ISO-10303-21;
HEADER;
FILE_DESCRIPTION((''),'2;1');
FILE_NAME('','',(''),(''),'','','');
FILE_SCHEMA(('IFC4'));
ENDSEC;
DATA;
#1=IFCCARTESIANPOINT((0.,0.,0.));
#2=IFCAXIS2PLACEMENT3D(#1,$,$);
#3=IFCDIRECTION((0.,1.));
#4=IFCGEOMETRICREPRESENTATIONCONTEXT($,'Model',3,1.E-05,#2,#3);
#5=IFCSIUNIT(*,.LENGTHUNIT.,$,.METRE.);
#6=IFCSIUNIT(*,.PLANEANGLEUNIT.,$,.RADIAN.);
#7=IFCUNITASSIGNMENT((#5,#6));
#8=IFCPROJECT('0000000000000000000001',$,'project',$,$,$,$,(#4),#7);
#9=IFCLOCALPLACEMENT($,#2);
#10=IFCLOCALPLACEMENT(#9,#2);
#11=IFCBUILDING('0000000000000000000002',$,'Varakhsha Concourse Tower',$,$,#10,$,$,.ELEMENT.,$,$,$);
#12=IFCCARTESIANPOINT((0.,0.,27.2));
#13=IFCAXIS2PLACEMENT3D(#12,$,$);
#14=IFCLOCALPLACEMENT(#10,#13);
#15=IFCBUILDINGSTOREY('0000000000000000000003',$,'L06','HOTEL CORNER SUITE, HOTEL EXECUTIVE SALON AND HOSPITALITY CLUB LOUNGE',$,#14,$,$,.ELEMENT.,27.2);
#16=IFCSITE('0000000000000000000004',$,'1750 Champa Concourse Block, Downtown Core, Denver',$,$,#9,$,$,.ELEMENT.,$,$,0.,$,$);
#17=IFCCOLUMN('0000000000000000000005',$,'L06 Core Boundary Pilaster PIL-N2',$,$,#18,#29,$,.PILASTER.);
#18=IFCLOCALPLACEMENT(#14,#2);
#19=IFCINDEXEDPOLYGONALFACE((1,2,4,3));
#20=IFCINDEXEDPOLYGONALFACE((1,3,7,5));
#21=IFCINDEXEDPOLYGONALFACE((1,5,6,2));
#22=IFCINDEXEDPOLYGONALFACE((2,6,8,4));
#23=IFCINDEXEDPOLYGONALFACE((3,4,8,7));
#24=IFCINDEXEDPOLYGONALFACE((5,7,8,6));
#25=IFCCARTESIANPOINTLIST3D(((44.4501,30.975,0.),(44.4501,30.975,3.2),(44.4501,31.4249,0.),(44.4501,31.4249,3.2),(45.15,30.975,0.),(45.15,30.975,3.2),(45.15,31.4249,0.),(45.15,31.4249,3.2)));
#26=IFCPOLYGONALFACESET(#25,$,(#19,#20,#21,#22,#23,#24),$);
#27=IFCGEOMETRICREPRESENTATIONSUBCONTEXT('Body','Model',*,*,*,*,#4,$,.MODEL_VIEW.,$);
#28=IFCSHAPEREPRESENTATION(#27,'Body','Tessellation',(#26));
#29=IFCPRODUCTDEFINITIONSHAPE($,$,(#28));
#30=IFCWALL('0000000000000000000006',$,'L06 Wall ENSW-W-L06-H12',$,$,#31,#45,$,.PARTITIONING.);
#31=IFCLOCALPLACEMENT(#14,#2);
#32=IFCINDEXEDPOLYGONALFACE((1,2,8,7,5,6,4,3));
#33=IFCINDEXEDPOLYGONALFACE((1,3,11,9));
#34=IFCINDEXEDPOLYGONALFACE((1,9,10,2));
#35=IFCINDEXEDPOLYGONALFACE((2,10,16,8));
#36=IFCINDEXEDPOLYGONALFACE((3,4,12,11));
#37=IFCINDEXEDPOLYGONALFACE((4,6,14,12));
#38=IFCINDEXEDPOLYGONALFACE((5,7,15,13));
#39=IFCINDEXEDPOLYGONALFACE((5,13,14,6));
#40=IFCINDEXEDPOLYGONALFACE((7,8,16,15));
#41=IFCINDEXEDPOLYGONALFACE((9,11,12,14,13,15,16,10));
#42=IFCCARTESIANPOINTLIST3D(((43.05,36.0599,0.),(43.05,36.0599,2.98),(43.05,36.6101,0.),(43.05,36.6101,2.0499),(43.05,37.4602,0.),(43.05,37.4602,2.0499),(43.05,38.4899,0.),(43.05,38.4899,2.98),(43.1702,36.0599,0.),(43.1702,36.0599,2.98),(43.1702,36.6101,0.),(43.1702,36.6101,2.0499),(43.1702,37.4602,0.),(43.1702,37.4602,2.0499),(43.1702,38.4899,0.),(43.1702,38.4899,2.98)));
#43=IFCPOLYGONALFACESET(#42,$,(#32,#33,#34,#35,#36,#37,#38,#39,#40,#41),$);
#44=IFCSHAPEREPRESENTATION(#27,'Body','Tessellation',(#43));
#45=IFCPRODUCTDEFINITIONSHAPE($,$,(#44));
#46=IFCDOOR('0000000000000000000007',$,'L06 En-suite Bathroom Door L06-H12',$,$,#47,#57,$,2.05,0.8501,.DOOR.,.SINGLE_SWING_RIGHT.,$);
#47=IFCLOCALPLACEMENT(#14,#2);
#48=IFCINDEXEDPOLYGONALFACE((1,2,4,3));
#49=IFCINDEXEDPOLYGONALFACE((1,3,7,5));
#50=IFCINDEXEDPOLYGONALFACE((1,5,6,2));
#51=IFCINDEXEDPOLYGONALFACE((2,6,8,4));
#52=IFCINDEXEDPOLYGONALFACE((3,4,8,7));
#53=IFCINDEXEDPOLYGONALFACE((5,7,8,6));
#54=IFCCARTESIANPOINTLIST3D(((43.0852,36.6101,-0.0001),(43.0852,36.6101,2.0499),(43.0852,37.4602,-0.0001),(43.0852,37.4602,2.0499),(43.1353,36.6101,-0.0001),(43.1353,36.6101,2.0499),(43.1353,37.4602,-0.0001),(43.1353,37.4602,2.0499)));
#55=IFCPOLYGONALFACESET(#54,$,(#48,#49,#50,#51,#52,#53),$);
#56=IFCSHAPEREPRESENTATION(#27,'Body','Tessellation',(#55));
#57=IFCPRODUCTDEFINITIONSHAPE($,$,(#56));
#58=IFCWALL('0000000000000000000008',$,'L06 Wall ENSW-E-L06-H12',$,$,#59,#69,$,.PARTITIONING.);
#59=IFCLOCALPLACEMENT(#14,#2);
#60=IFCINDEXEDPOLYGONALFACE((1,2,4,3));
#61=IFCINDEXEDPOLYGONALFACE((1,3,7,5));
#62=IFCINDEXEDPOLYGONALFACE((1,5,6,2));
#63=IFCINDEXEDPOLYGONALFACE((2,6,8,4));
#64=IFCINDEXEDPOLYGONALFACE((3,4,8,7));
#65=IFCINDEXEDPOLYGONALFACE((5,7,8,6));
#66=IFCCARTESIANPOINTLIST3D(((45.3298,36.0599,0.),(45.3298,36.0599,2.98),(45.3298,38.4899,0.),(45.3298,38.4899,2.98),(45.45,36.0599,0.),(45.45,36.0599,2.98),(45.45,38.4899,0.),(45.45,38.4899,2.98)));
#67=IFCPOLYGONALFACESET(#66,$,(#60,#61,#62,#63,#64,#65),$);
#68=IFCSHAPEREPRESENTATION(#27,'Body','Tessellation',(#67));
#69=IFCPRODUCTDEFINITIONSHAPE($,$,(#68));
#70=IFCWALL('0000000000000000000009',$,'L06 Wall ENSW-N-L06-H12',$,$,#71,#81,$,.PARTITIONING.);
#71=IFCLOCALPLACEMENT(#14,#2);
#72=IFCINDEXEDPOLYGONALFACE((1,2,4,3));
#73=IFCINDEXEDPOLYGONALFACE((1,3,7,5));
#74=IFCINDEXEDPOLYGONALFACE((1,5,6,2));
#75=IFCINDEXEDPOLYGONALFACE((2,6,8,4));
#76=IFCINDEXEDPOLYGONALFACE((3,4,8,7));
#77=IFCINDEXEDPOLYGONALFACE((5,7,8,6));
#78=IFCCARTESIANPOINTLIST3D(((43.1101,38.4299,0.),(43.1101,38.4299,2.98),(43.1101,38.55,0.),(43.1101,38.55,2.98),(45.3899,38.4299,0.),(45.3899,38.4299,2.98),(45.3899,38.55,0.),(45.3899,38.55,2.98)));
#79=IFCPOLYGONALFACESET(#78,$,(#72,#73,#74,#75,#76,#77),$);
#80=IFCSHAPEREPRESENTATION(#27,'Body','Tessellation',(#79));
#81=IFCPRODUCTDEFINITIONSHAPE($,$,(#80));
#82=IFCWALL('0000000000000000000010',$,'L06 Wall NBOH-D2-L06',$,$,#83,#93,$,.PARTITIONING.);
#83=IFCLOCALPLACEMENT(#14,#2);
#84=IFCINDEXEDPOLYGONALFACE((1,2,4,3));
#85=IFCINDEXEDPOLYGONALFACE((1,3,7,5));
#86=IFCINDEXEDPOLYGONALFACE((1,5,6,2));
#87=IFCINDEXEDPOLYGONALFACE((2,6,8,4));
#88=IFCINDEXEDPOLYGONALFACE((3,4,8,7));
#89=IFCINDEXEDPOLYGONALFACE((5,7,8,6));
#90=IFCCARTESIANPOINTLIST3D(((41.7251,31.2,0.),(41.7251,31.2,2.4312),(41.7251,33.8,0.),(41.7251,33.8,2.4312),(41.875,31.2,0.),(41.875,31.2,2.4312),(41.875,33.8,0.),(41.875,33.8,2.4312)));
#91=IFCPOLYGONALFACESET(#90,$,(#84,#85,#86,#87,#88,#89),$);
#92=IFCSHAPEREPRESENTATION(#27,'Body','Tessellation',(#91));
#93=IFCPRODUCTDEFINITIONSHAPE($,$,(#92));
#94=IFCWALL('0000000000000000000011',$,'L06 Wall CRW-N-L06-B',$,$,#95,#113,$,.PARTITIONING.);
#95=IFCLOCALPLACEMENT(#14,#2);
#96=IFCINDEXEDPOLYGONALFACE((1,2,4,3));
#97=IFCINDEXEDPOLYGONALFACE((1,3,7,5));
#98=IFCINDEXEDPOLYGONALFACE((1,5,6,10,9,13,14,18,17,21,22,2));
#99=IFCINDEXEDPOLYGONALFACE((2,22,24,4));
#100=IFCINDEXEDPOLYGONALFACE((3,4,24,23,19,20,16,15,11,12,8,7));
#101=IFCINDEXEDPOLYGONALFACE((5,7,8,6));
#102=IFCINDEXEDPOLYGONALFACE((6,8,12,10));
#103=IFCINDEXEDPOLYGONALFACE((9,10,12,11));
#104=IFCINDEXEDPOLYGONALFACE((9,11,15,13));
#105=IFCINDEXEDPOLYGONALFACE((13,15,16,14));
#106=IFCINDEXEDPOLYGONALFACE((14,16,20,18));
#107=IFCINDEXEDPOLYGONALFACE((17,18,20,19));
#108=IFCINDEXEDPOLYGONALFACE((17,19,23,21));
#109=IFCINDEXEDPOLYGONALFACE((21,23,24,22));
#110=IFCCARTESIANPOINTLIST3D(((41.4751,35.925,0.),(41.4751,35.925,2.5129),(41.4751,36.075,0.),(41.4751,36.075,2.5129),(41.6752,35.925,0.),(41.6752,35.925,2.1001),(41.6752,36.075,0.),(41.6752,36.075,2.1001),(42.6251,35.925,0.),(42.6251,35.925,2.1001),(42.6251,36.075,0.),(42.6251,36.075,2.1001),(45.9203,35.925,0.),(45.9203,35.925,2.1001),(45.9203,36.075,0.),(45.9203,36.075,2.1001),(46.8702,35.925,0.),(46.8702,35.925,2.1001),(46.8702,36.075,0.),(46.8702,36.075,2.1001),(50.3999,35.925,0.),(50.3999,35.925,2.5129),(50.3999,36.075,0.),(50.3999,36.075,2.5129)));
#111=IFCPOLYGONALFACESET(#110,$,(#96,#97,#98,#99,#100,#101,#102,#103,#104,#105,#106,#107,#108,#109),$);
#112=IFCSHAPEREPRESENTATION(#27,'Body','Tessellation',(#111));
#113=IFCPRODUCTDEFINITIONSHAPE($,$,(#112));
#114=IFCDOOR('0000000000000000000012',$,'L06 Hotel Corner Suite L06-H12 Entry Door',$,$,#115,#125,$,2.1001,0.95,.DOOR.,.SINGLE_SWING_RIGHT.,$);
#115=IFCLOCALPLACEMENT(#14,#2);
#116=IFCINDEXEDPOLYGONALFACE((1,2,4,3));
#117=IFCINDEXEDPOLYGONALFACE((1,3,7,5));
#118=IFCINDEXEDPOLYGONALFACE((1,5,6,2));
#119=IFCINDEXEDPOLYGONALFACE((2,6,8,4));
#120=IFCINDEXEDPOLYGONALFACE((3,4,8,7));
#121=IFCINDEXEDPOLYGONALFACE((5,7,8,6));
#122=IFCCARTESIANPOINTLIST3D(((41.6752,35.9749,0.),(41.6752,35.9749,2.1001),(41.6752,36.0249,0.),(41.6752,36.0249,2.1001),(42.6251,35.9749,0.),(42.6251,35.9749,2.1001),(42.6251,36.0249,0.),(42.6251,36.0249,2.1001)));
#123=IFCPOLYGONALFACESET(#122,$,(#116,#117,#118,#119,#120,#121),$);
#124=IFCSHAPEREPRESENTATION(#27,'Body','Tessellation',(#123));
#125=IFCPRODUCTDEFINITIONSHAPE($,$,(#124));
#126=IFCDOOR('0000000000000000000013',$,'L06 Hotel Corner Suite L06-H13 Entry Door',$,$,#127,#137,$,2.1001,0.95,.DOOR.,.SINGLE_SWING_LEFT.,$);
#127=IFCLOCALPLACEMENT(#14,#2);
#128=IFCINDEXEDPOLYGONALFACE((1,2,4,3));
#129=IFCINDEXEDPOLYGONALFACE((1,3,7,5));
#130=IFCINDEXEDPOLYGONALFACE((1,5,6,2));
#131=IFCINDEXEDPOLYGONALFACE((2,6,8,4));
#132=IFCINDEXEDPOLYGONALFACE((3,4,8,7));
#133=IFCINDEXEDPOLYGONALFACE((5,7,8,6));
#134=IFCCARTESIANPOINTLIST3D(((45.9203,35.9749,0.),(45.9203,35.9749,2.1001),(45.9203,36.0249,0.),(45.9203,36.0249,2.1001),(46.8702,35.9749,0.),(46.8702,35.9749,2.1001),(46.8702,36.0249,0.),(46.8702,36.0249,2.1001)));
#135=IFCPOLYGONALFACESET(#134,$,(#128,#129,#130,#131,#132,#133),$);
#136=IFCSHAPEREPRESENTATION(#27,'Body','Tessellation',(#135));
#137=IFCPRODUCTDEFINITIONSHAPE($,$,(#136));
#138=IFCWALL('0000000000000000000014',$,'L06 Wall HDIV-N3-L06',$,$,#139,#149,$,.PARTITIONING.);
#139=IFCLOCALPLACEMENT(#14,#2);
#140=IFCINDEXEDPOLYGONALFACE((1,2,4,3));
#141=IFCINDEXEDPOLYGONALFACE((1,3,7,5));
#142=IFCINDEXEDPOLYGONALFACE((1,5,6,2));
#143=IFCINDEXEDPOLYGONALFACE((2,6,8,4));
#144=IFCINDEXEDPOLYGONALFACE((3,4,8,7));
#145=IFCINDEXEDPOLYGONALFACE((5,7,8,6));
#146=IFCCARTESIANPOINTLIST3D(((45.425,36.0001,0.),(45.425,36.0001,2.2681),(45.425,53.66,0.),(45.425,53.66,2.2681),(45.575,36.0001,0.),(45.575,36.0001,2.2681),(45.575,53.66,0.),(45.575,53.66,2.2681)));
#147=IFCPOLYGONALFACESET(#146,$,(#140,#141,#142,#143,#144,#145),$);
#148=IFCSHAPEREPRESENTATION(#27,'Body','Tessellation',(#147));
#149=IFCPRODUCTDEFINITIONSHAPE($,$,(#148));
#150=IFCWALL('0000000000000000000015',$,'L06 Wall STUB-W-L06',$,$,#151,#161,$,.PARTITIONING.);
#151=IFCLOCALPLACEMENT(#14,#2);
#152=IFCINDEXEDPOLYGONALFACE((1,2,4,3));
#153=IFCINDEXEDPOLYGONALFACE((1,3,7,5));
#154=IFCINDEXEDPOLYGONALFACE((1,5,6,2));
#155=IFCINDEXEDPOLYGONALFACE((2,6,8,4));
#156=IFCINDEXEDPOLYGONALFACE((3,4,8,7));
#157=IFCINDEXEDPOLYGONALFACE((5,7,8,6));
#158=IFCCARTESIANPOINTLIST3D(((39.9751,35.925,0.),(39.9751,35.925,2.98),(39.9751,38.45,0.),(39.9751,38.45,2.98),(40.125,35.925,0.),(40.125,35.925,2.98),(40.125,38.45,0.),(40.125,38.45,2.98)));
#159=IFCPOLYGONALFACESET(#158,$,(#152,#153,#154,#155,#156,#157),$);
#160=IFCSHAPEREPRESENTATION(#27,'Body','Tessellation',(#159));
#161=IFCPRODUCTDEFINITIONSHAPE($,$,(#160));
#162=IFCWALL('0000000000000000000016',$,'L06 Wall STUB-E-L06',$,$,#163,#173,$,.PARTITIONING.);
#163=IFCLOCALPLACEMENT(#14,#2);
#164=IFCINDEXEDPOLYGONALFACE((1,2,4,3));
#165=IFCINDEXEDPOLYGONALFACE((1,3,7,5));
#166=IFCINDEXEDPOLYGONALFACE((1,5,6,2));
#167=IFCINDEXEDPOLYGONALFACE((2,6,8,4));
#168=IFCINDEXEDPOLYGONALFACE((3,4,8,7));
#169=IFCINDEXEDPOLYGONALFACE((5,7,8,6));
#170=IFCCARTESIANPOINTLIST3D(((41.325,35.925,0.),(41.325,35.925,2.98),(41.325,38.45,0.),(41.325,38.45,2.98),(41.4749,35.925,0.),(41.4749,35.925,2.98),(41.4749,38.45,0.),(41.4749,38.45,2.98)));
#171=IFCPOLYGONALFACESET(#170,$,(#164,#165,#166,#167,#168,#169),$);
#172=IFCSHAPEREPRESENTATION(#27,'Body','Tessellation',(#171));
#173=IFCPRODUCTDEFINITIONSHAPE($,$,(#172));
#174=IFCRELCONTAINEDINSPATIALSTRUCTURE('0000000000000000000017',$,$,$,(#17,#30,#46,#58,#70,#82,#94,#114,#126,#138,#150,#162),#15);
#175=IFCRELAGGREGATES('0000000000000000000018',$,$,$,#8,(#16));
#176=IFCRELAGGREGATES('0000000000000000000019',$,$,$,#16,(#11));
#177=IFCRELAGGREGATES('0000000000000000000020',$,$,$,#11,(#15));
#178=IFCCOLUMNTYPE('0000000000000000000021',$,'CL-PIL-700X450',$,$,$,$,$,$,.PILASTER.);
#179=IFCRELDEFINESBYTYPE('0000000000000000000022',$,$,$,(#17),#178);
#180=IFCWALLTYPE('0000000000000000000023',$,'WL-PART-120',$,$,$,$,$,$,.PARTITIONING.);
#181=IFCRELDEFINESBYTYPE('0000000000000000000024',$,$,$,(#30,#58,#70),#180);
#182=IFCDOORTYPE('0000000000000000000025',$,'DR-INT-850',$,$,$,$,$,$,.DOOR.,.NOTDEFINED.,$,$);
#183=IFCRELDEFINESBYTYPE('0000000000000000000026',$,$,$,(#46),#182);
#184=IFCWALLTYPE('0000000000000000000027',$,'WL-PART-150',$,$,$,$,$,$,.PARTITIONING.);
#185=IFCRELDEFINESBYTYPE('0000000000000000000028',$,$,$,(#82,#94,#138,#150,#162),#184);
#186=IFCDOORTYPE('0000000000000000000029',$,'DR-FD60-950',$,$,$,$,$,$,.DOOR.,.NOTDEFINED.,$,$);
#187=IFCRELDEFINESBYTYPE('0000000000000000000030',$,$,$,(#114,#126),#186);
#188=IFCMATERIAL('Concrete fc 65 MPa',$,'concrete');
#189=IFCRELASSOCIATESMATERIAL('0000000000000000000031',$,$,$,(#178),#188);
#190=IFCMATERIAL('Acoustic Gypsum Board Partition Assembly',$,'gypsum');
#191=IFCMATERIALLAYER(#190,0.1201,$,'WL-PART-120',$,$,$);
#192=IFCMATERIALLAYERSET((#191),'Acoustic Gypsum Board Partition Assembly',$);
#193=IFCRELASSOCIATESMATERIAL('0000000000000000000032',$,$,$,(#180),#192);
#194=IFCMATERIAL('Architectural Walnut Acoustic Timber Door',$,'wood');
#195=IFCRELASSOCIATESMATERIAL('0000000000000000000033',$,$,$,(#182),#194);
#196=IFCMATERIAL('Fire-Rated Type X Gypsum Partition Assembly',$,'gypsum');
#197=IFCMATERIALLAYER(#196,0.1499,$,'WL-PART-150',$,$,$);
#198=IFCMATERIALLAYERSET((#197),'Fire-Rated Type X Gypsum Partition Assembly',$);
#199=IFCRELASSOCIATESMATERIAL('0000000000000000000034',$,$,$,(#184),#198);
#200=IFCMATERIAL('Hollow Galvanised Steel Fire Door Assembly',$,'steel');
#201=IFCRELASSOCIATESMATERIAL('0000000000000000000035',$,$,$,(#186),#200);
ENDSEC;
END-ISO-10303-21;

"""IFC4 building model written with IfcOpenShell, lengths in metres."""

from ifc_helpers import new_model, si_unit, direction, frame, frame_2d, origin, origin_2d, place, context, subcontext, project, spatial, rectangle, extrude, material, layer, layer_set, material_profile, profile_set, type_object, element, fill, save


model = new_model("IFC4")

# Units and contexts
model_context = context("Model", 3, precision=1e-05, world=origin(), true_north=direction((0.0, 1.0)))
body_context = subcontext(model_context, "Body", "Model", "MODEL_VIEW")
ifc_project = project(units=[si_unit("LENGTHUNIT", "METRE"), si_unit("PLANEANGLEUNIT", "RADIAN")], contexts=[model_context])

# Site, building, storey
site_placement = place(None, origin())
site = spatial("IfcSite", under=ifc_project, at=site_placement, Name="1750 Champa Concourse Block, Downtown Core, Denver", CompositionType="ELEMENT", RefElevation=0.0)
building_placement = place(site_placement, origin())
building = spatial("IfcBuilding", under=site, at=building_placement, Name="Varakhsha Concourse Tower", CompositionType="ELEMENT")
storey_placement = place(building_placement, frame((0.0, 0.0, 27.2)))
storey = spatial("IfcBuildingStorey", under=building, at=storey_placement, Name="L06", Description="HOTEL CORNER SUITE, HOTEL EXECUTIVE SALON AND HOSPITALITY CLUB LOUNGE", CompositionType="ELEMENT", Elevation=27.2)

# Column
ifc_material_1 = material(Name="Concrete fc 65 MPa", Category="concrete")
ifc_material_profile = material_profile(ifc_material_1, rectangle(XDim=0.7, YDim=0.45, at=origin_2d()), Name="RC 700x450")
ifc_profile_set = profile_set([ifc_material_profile], Name="Concrete fc 65 MPa")
column_type = type_object("IfcColumnType", Name="CL-PIL-700X450", PredefinedType="PILASTER", material=ifc_profile_set)
column_placement = place(storey_placement, frame((44.8, 31.2, 0.0), z_axis=(0.0, 0.0, 1.0), x_axis=(1.0, 0.0, 0.0)))
element("IfcColumn", 1, at=column_placement, inside=storey, type_object=column_type, Name="L06 Core Boundary Pilaster PIL-N2", PredefinedType="PILASTER", context=body_context, shape_type="SweptSolid", body=[
    extrude(rectangle(XDim=0.7, YDim=0.45, at=origin_2d()), origin(), (0.0, 0.0, 1.0), 3.2),
])

# Wall, opening, door
ifc_material_2 = material(Name="Acoustic Gypsum Board Partition Assembly", Category="gypsum")
ifc_layer_1 = layer(ifc_material_2, 0.1201, Name="WL-PART-120")
ifc_layer_set_1 = layer_set([ifc_layer_1], Name="Acoustic Gypsum Board Partition Assembly")
wall_type_1 = type_object("IfcWallType", Name="WL-PART-120", PredefinedType="PARTITIONING", material=ifc_layer_set_1)
wall_1_placement = place(storey_placement, frame((43.1101, 36.0601, 0.0), z_axis=(0.0, 0.0, 1.0), x_axis=(0.0, 1.0, 0.0)))
wall_1 = element("IfcWall", 2, at=wall_1_placement, inside=storey, type_object=wall_type_1, Name="L06 Wall ENSW-W-L06-H12", PredefinedType="PARTITIONING", context=body_context, shape_type="SweptSolid", body=[
    extrude(rectangle(XDim=2.4299, YDim=0.1201, at=frame_2d((1.2148, 0.0))), origin(), (0.0, 0.0, 1.0), 2.98),
])
opening_1_placement = place(wall_1_placement, frame((0.55, 0.0, 0.0)))
opening_1 = element("IfcOpeningElement", 3, at=opening_1_placement, cuts=wall_1, PredefinedType="OPENING", context=body_context, shape_type="SweptSolid", body=[
    extrude(rectangle(XDim=0.8501, YDim=2.05, at=frame_2d((0.425, 1.0249))), frame((0.0, 0.0701, 0.0), z_axis=(0.0, -1.0, 0.0), x_axis=(1.0, 0.0, 0.0)), (0.0, 0.0, 1.0), 0.1401),
])
ifc_material_3 = material(Name="Architectural Walnut Acoustic Timber Door", Category="wood")
door_type_1 = type_object("IfcDoorType", Name="DR-INT-850", OperationType="NOTDEFINED", PredefinedType="DOOR", material=ifc_material_3)
door_1_placement = place(opening_1_placement, origin())
door_1 = element("IfcDoor", 4, at=door_1_placement, inside=storey, type_object=door_type_1, Name="L06 En-suite Bathroom Door L06-H12", OperationType="SINGLE_SWING_RIGHT", OverallHeight=2.05, OverallWidth=0.8501, PredefinedType="DOOR", context=body_context, shape_type="SweptSolid", body=[
    extrude(rectangle(XDim=0.8501, YDim=2.05, at=frame_2d((0.425, 1.0249))), frame((0.0, 0.0249, 0.0), z_axis=(0.0, -1.0, 0.0), x_axis=(1.0, 0.0, 0.0)), (0.0, 0.0, 1.0), 0.05),
])
fill(opening_1, door_1)

# Walls
wall_2_placement = place(storey_placement, frame((45.3899, 36.0601, 0.0), z_axis=(0.0, 0.0, 1.0), x_axis=(0.0, 1.0, 0.0)))
element("IfcWall", 5, at=wall_2_placement, inside=storey, type_object=wall_type_1, Name="L06 Wall ENSW-E-L06-H12", PredefinedType="PARTITIONING", context=body_context, shape_type="SweptSolid", body=[
    extrude(rectangle(XDim=2.4299, YDim=0.1201, at=frame_2d((1.2148, 0.0))), origin(), (0.0, 0.0, 1.0), 2.98),
])
wall_3_placement = place(storey_placement, frame((43.1101, 38.49, 0.0), z_axis=(0.0, 0.0, 1.0), x_axis=(1.0, 0.0, 0.0)))
element("IfcWall", 6, at=wall_3_placement, inside=storey, type_object=wall_type_1, Name="L06 Wall ENSW-N-L06-H12", PredefinedType="PARTITIONING", context=body_context, shape_type="SweptSolid", body=[
    extrude(rectangle(XDim=2.2798, YDim=0.1201, at=frame_2d((1.1399, 0.0))), origin(), (0.0, 0.0, 1.0), 2.98),
])
ifc_material_4 = material(Name="Fire-Rated Type X Gypsum Partition Assembly", Category="gypsum")
ifc_layer_2 = layer(ifc_material_4, 0.1499, Name="WL-PART-150")
ifc_layer_set_2 = layer_set([ifc_layer_2], Name="Fire-Rated Type X Gypsum Partition Assembly")
wall_type_2 = type_object("IfcWallType", Name="WL-PART-150", PredefinedType="PARTITIONING", material=ifc_layer_set_2)
wall_4_placement = place(storey_placement, frame((41.8, 31.2, 0.0), z_axis=(0.0, 0.0, 1.0), x_axis=(0.0, 1.0, 0.0)))
element("IfcWall", 7, at=wall_4_placement, inside=storey, type_object=wall_type_2, Name="L06 Wall NBOH-D2-L06", PredefinedType="PARTITIONING", context=body_context, shape_type="SweptSolid", body=[
    extrude(rectangle(XDim=2.6001, YDim=0.1499, at=frame_2d((1.3, 0.0))), origin(), (0.0, 0.0, 1.0), 2.4312),
])

# Wall, openings, doors
wall_5_placement = place(storey_placement, frame((41.4751, 36.0, 0.0), z_axis=(0.0, 0.0, 1.0), x_axis=(1.0, 0.0, 0.0)))
wall_5 = element("IfcWall", 8, at=wall_5_placement, inside=storey, type_object=wall_type_2, Name="L06 Wall CRW-N-L06-B", PredefinedType="PARTITIONING", context=body_context, shape_type="SweptSolid", body=[
    extrude(rectangle(XDim=8.9248, YDim=0.1499, at=frame_2d((4.4624, 0.0))), origin(), (0.0, 0.0, 1.0), 2.5129),
])
opening_2_placement = place(wall_5_placement, frame((0.2, 0.0, 0.0)))
opening_2 = element("IfcOpeningElement", 9, at=opening_2_placement, cuts=wall_5, PredefinedType="OPENING", context=body_context, shape_type="SweptSolid", body=[
    extrude(rectangle(XDim=0.95, YDim=2.1001, at=frame_2d((0.4751, 1.05))), frame((0.0, 0.085, 0.0), z_axis=(0.0, -1.0, 0.0), x_axis=(1.0, 0.0, 0.0)), (0.0, 0.0, 1.0), 0.1699),
])
opening_3_placement = place(wall_5_placement, frame((4.4451, 0.0, 0.0)))
opening_3 = element("IfcOpeningElement", 10, at=opening_3_placement, cuts=wall_5, PredefinedType="OPENING", context=body_context, shape_type="SweptSolid", body=[
    extrude(rectangle(XDim=0.95, YDim=2.1001, at=frame_2d((0.4751, 1.05))), frame((0.0, 0.085, 0.0), z_axis=(0.0, -1.0, 0.0), x_axis=(1.0, 0.0, 0.0)), (0.0, 0.0, 1.0), 0.1699),
])
ifc_material_5 = material(Name="Hollow Galvanised Steel Fire Door Assembly", Category="steel")
door_type_2 = type_object("IfcDoorType", Name="DR-FD60-950", OperationType="NOTDEFINED", PredefinedType="DOOR", material=ifc_material_5)
door_2_placement = place(opening_2_placement, origin())
door_2 = element("IfcDoor", 11, at=door_2_placement, inside=storey, type_object=door_type_2, Name="L06 Hotel Corner Suite L06-H12 Entry Door", OperationType="SINGLE_SWING_RIGHT", OverallHeight=2.1001, OverallWidth=0.95, PredefinedType="DOOR", context=body_context, shape_type="SweptSolid", body=[
    extrude(rectangle(XDim=0.95, YDim=2.1001, at=frame_2d((0.4751, 1.05))), frame((0.0, 0.0249, 0.0), z_axis=(0.0, -1.0, 0.0), x_axis=(1.0, 0.0, 0.0)), (0.0, 0.0, 1.0), 0.05),
])
fill(opening_2, door_2)
door_3_placement = place(opening_3_placement, origin())
door_3 = element("IfcDoor", 12, at=door_3_placement, inside=storey, type_object=door_type_2, Name="L06 Hotel Corner Suite L06-H13 Entry Door", OperationType="SINGLE_SWING_LEFT", OverallHeight=2.1001, OverallWidth=0.95, PredefinedType="DOOR", context=body_context, shape_type="SweptSolid", body=[
    extrude(rectangle(XDim=0.95, YDim=2.1001, at=frame_2d((0.4751, 1.05))), frame((0.0, 0.0249, 0.0), z_axis=(0.0, -1.0, 0.0), x_axis=(1.0, 0.0, 0.0)), (0.0, 0.0, 1.0), 0.05),
])
fill(opening_3, door_3)

# Walls
wall_6_placement = place(storey_placement, frame((45.5, 36.0, 0.0), z_axis=(0.0, 0.0, 1.0), x_axis=(0.0, 1.0, 0.0)))
element("IfcWall", 13, at=wall_6_placement, inside=storey, type_object=wall_type_2, Name="L06 Wall HDIV-N3-L06", PredefinedType="PARTITIONING", context=body_context, shape_type="SweptSolid", body=[
    extrude(rectangle(XDim=17.6599, YDim=0.1499, at=frame_2d((8.8301, 0.0))), origin(), (0.0, 0.0, 1.0), 2.2681),
])
for number, where, z_axis, x_axis, name in (
    (14, (40.05, 35.925, 0.0), (0.0, 0.0, 1.0), (0.0, 1.0, 0.0), "L06 Wall STUB-W-L06"),
    (15, (41.3999, 35.925, 0.0), (0.0, 0.0, 1.0), (0.0, 1.0, 0.0), "L06 Wall STUB-E-L06"),
):
    element("IfcWall", number, at=place(storey_placement, frame(where, z_axis=z_axis, x_axis=x_axis)), inside=storey, type_object=wall_type_2, Name=name, PredefinedType="PARTITIONING", context=body_context, shape_type="SweptSolid", body=[
        extrude(rectangle(XDim=2.5249, YDim=0.1499, at=frame_2d((1.2625, 0.0))), origin(), (0.0, 0.0, 1.0), 2.98),
    ])

save(model, "model.ifc")
